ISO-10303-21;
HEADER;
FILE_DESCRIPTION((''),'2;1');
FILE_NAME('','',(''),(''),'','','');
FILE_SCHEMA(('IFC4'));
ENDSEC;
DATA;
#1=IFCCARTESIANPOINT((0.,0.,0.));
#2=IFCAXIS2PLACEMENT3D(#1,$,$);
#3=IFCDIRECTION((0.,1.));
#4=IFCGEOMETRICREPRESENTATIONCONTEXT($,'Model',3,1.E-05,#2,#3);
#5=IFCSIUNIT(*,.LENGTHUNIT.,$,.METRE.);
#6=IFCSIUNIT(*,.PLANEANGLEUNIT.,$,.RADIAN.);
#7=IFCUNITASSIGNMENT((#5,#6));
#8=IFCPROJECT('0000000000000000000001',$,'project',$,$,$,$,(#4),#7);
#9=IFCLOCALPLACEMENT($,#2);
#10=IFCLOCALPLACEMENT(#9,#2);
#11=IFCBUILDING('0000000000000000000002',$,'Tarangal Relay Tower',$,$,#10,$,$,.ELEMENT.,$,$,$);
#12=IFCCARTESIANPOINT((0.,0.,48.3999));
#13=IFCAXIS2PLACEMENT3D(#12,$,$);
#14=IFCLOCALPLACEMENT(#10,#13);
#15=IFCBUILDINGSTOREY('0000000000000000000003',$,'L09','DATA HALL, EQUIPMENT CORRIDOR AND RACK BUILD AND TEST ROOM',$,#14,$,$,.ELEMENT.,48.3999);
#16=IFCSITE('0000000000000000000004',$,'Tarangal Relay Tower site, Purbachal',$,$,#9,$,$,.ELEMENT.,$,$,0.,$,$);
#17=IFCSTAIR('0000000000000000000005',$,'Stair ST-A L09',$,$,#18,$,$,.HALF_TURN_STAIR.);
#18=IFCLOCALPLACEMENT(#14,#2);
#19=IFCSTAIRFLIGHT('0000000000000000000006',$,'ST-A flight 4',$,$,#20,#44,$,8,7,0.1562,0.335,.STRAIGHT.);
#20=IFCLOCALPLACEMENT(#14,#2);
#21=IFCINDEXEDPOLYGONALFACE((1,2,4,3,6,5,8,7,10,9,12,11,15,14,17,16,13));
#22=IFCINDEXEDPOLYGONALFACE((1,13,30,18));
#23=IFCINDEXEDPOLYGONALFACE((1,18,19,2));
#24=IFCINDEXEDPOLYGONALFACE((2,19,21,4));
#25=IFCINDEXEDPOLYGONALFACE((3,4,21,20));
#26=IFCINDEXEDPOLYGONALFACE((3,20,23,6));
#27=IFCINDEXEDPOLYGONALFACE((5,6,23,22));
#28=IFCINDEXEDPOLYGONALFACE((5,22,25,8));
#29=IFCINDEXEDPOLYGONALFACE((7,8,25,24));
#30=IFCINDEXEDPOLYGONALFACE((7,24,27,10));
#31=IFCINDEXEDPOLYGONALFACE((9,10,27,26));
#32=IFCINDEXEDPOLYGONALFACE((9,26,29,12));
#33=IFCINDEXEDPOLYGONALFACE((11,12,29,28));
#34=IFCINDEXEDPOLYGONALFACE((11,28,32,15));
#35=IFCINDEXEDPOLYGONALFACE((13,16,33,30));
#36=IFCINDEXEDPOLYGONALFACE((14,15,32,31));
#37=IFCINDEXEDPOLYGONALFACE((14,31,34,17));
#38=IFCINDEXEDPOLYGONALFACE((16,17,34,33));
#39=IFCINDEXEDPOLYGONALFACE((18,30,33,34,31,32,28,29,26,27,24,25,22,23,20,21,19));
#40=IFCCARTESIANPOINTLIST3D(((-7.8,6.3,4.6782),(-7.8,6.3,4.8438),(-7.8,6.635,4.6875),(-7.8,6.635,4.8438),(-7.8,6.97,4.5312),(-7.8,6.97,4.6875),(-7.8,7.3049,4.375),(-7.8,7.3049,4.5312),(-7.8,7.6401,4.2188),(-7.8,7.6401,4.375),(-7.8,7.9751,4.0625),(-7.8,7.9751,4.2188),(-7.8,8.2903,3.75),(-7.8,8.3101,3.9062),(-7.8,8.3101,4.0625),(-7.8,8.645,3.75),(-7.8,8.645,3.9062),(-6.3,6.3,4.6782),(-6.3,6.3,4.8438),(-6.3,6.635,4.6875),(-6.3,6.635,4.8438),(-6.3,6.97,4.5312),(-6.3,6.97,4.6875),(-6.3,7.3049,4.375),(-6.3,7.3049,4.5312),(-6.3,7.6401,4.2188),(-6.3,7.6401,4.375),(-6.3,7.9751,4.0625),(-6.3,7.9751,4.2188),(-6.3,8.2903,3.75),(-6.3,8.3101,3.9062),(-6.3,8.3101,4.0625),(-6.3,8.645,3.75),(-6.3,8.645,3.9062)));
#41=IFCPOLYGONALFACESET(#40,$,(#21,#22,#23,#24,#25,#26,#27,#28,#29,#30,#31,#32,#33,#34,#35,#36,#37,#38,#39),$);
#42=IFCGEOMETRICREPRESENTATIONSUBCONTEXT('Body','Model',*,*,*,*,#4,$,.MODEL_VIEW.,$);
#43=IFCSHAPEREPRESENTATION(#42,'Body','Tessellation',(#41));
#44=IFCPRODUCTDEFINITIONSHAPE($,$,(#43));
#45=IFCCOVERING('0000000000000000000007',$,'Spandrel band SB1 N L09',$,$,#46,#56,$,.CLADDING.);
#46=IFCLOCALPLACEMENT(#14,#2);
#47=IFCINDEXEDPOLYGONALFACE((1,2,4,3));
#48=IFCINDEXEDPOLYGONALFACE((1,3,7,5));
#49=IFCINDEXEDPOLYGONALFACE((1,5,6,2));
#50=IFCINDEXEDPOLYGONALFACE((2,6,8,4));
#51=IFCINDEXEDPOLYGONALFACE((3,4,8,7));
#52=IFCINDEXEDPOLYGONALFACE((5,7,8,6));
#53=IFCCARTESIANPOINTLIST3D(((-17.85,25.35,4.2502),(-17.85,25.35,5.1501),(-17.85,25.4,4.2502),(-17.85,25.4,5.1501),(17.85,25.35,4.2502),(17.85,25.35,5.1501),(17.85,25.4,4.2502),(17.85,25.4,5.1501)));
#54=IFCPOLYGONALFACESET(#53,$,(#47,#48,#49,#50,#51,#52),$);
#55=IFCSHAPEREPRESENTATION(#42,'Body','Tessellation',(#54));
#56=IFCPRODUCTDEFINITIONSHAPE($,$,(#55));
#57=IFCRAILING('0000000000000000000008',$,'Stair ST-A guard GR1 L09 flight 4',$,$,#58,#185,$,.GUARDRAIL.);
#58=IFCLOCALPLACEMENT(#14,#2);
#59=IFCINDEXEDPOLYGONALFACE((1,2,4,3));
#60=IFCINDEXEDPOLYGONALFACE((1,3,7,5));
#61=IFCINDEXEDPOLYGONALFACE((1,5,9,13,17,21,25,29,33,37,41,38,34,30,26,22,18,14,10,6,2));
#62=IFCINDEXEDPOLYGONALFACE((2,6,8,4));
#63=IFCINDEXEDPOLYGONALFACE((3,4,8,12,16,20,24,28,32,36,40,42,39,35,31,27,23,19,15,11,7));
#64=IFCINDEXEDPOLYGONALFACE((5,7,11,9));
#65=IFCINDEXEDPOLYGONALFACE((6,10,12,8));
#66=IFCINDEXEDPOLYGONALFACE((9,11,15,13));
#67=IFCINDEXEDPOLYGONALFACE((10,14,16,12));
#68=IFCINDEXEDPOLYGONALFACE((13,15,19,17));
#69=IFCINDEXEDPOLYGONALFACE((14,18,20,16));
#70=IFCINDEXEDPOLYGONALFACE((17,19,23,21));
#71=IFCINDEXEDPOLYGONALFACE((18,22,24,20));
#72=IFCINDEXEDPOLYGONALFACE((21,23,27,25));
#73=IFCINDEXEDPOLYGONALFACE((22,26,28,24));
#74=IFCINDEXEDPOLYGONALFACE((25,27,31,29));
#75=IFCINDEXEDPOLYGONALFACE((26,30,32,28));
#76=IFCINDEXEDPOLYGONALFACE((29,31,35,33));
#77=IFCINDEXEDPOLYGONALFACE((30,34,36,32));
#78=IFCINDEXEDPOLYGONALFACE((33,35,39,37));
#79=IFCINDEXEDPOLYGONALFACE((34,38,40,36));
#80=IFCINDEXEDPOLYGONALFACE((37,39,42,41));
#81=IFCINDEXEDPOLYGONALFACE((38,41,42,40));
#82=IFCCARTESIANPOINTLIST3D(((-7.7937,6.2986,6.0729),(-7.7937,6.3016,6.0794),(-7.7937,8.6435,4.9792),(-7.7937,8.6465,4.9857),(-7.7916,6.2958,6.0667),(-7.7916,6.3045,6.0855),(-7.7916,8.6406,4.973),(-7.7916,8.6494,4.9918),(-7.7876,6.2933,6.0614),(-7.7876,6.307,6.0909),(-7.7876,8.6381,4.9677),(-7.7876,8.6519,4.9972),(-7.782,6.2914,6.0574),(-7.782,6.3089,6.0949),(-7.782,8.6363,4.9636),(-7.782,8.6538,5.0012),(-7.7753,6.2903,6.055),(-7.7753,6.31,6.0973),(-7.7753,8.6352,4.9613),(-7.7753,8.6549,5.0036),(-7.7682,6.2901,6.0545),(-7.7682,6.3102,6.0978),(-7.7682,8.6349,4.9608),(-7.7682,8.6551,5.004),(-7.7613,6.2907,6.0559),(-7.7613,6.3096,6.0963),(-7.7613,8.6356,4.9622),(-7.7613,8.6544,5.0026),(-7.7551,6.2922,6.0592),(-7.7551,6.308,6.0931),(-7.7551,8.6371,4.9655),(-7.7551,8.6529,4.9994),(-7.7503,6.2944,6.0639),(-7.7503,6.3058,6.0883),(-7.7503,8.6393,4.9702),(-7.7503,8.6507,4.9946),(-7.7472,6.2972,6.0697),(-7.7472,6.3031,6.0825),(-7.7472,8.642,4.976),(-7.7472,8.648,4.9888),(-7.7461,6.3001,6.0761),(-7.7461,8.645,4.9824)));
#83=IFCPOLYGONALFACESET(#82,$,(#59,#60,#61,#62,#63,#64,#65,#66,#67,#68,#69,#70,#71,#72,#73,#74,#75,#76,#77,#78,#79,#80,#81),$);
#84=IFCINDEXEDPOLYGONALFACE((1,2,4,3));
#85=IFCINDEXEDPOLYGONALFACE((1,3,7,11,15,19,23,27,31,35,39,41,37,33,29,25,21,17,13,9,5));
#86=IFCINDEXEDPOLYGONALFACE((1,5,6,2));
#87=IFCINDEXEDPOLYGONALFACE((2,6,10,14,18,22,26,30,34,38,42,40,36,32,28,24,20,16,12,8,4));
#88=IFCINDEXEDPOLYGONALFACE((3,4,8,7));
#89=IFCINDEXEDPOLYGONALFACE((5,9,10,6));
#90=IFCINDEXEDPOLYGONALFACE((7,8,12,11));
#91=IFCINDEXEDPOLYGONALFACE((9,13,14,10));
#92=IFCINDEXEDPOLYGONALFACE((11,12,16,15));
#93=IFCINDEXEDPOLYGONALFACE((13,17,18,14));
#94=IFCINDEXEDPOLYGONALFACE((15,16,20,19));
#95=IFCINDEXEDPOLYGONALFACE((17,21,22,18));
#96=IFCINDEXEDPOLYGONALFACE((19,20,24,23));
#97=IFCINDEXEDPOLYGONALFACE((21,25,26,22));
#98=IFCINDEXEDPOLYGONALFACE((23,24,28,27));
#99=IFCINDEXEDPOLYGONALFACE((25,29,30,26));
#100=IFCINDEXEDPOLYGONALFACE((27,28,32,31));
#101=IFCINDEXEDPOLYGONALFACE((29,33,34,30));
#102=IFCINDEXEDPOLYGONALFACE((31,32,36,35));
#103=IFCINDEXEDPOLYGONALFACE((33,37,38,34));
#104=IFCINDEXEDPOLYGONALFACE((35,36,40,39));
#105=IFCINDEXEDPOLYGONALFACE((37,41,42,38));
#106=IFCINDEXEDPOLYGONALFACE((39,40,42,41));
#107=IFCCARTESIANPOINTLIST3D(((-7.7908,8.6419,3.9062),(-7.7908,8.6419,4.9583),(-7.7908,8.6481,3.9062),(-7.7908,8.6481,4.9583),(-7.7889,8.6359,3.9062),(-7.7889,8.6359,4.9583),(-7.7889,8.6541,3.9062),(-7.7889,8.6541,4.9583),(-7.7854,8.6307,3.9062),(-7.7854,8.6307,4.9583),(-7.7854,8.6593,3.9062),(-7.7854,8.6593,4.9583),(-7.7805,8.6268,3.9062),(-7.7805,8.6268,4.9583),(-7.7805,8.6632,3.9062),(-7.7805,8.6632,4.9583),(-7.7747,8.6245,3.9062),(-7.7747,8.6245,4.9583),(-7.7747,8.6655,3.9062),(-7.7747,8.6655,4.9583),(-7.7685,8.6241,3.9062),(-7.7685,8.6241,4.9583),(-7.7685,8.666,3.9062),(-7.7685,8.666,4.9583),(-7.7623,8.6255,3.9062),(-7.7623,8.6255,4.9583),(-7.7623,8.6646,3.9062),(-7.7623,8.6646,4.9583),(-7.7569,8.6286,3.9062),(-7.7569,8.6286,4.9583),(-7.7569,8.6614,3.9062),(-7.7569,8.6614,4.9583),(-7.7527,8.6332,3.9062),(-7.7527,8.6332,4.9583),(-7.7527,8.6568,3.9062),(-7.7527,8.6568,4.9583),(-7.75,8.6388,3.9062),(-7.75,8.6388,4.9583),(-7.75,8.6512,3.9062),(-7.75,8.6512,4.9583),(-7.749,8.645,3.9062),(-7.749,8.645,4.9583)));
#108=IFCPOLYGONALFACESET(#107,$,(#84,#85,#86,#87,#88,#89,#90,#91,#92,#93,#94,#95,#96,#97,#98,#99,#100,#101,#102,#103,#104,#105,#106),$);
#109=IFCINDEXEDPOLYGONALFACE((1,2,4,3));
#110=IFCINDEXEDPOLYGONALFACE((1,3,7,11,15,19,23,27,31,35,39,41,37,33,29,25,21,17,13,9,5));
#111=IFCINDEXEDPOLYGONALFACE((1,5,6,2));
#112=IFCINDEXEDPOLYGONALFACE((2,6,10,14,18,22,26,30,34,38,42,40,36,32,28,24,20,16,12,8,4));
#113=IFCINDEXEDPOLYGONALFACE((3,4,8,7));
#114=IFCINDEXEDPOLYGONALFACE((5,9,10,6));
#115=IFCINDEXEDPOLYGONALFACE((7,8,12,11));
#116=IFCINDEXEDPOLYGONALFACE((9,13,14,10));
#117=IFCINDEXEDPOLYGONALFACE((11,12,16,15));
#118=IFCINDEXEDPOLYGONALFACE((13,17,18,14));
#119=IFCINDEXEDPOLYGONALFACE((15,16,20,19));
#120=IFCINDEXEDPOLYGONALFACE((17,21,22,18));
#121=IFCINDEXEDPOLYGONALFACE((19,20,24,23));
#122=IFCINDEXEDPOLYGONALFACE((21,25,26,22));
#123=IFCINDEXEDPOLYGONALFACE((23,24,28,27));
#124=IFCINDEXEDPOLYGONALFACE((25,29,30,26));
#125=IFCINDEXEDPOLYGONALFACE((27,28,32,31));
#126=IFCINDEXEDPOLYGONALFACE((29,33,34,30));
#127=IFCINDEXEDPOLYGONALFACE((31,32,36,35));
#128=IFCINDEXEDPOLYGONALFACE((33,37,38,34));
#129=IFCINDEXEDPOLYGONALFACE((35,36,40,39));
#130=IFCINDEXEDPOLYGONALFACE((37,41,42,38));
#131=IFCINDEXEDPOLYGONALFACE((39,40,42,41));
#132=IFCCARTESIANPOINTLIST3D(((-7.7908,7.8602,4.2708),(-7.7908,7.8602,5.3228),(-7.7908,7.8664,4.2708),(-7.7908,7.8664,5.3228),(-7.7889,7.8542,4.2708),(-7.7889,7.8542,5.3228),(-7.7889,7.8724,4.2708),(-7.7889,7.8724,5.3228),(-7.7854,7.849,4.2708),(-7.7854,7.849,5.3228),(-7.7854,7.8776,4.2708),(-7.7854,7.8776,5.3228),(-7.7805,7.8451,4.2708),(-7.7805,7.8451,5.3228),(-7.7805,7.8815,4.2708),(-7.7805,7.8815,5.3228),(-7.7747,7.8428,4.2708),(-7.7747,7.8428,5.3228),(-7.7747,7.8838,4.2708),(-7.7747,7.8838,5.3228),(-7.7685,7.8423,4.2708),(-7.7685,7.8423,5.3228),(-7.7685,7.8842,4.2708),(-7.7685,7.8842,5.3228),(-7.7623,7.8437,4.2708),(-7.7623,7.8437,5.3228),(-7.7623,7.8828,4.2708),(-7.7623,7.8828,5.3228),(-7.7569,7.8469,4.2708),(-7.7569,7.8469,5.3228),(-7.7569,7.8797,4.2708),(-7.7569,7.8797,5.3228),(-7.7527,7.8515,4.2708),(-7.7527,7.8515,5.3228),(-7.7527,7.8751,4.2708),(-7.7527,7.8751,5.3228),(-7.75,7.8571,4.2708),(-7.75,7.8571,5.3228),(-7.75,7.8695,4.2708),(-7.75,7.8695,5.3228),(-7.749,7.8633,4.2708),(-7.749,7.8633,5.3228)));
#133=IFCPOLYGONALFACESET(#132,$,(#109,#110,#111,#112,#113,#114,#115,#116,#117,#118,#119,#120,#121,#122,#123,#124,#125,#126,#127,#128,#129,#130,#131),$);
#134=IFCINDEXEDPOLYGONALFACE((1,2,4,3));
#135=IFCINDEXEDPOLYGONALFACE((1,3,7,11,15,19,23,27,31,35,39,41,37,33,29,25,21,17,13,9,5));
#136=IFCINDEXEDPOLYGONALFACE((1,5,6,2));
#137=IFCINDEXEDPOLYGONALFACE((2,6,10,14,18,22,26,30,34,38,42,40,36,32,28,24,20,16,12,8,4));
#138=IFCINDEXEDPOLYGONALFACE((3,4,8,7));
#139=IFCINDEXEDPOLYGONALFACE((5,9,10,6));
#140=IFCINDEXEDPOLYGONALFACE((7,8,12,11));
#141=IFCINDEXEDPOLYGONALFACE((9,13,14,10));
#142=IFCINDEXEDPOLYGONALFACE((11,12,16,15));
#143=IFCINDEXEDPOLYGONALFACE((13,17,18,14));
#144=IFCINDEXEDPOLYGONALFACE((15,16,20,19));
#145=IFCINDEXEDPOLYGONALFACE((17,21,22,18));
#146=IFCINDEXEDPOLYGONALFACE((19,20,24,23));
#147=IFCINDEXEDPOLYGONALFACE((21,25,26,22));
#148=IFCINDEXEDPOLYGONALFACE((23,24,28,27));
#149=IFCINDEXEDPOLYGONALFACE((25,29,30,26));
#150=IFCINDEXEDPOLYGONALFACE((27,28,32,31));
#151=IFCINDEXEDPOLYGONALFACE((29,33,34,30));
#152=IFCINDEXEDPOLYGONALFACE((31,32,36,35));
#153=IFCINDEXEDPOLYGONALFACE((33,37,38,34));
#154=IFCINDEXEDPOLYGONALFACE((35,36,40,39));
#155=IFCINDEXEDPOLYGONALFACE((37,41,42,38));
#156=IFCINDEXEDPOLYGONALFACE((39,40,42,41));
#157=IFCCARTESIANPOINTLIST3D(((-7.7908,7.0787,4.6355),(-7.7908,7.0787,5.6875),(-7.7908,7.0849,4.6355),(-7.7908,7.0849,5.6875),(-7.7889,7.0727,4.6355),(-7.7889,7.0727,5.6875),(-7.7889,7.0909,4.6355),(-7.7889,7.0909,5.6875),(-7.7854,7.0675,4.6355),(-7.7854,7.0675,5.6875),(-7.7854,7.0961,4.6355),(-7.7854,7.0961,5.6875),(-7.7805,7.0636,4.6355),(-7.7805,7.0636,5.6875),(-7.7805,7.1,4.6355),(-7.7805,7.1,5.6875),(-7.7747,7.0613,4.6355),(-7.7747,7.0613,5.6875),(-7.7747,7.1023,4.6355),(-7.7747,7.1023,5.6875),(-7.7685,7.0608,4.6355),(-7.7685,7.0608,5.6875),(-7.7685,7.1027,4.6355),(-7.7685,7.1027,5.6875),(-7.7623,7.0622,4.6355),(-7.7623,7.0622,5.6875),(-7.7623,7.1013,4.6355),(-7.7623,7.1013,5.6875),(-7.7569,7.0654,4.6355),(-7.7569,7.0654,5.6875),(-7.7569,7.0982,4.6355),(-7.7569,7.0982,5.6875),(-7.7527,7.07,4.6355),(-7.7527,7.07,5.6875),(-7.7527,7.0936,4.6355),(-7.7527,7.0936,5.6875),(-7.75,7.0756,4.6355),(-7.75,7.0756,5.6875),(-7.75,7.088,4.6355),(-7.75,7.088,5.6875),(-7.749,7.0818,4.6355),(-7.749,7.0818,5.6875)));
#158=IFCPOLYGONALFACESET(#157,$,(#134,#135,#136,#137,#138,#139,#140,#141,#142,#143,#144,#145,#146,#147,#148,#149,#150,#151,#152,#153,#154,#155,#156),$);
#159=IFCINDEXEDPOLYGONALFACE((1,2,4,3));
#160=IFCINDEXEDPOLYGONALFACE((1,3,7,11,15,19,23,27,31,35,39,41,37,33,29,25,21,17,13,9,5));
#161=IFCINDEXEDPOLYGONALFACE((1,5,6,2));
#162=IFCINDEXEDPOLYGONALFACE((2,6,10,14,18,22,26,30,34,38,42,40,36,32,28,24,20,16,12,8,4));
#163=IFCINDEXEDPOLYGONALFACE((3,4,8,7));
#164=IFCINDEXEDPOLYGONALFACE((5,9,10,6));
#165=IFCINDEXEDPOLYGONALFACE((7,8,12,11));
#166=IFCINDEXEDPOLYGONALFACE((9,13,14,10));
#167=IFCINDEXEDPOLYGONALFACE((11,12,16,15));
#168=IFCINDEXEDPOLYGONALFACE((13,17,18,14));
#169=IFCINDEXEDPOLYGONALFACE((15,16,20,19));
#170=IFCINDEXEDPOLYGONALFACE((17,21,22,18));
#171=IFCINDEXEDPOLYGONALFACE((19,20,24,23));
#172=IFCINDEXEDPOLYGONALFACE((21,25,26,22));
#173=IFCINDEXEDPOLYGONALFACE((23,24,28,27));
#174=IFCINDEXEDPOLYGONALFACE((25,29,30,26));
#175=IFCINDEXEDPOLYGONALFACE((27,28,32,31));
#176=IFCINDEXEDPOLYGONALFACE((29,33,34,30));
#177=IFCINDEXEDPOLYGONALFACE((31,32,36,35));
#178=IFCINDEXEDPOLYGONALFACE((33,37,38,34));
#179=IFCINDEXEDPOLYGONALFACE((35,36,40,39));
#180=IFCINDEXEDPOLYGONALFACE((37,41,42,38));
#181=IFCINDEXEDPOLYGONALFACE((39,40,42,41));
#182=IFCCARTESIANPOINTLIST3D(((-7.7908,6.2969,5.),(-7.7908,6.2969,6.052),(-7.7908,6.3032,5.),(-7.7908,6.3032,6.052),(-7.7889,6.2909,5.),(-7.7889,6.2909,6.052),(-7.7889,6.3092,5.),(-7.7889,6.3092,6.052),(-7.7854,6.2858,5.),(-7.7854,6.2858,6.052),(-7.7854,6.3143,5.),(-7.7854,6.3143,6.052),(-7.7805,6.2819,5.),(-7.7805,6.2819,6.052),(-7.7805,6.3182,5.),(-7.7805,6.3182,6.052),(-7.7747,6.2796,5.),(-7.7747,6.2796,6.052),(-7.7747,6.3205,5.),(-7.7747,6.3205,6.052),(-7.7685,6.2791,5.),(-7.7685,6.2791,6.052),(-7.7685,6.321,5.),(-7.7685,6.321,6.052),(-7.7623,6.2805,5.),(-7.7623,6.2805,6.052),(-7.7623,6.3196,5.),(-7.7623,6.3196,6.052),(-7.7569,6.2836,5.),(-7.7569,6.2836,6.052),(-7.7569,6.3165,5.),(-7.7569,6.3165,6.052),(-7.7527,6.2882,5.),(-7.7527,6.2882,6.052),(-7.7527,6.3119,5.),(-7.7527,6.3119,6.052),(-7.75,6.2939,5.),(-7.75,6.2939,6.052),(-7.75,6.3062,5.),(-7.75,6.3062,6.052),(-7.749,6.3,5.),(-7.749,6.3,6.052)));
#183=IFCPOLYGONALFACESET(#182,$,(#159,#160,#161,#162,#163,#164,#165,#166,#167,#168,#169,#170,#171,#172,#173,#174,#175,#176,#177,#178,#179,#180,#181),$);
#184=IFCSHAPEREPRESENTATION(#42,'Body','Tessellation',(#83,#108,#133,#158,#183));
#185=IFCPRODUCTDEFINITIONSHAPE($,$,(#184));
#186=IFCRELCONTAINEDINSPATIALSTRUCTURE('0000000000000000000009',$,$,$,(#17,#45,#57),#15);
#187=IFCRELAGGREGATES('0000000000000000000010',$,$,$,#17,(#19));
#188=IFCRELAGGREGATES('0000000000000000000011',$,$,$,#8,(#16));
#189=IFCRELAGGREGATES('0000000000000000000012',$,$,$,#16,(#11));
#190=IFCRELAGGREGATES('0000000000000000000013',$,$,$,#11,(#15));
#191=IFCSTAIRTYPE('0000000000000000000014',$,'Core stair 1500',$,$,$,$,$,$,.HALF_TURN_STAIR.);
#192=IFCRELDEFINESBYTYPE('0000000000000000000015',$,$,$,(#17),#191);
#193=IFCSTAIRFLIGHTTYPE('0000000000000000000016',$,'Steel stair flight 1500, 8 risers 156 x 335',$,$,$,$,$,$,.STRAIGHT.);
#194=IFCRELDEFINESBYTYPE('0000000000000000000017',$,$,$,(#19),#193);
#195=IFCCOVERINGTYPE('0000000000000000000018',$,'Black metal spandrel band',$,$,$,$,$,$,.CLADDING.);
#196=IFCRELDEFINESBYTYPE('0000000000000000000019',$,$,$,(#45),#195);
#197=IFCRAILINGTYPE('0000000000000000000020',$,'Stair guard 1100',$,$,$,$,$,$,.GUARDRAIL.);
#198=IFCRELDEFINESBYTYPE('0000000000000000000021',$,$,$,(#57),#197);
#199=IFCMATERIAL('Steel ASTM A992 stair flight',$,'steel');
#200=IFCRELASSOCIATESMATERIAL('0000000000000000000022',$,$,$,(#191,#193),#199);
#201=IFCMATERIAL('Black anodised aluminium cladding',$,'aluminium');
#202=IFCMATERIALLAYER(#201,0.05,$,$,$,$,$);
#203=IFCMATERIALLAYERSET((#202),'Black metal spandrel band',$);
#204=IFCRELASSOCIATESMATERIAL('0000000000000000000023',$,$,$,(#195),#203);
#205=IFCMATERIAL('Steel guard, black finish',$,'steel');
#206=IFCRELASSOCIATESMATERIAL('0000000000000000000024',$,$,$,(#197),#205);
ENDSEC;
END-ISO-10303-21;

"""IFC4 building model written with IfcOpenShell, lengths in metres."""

from ifc_helpers import new_model, si_unit, direction, frame, origin, origin_2d, place, context, subcontext, project, spatial, polyline, rectangle, circle, outline, extrude, material, layer, layer_set, type_object, element, aggregate, save


model = new_model("IFC4")

# Units and contexts
model_context = context("Model", 3, precision=1e-05, world=origin(), true_north=direction((0.0, 1.0)))
body_context = subcontext(model_context, "Body", "Model", "MODEL_VIEW")
ifc_project = project(units=[si_unit("LENGTHUNIT", "METRE"), si_unit("PLANEANGLEUNIT", "RADIAN")], contexts=[model_context])

# Site, building, storey
site_placement = place(None, origin())
site = spatial("IfcSite", under=ifc_project, at=site_placement, Name="Tarangal Relay Tower site, Purbachal", CompositionType="ELEMENT", RefElevation=0.0)
building_placement = place(site_placement, origin())
building = spatial("IfcBuilding", under=site, at=building_placement, Name="Tarangal Relay Tower", CompositionType="ELEMENT")
storey_placement = place(building_placement, frame((0.0, 0.0, 48.3999)))
storey = spatial("IfcBuildingStorey", under=building, at=storey_placement, Name="L09", Description="DATA HALL, EQUIPMENT CORRIDOR AND RACK BUILD AND TEST ROOM", CompositionType="ELEMENT", Elevation=48.3999)

# Stair, stair flight
ifc_material_1 = material(Name="Steel ASTM A992 stair flight", Category="steel")
stair_type = type_object("IfcStairType", Name="Core stair 1500", PredefinedType="HALF_TURN_STAIR", material=ifc_material_1)
stair_placement = place(storey_placement, origin())
stair = element("IfcStair", 1, at=stair_placement, inside=storey, type_object=stair_type, Name="Stair ST-A L09", PredefinedType="HALF_TURN_STAIR")
stair_flight_type = type_object("IfcStairFlightType", Name="Steel stair flight 1500, 8 risers 156 x 335", PredefinedType="STRAIGHT", material=ifc_material_1)
stair_flight_1_placement = place(storey_placement, frame((-7.05, 8.645, 3.75), z_axis=(0.0, 0.0, 1.0), x_axis=(0.0, -1.0, 0.0)))
stair_flight_1 = element("IfcStairFlight", 2, at=stair_flight_1_placement, type_object=stair_flight_type, Name="ST-A flight 4", NumberOfRisers=8, NumberOfTreads=7, PredefinedType="STRAIGHT", RiserHeight=0.1562, TreadLength=0.335, context=body_context, shape_type="SweptSolid", body=[
    extrude(outline(polyline([(0.0, 0.0), (0.0, 0.1562), (0.335, 0.1562), (0.335, 0.3125), (0.6699, 0.3125), (0.6699, 0.4688), (1.0049, 0.4688), (1.0049, 0.625), (1.3401, 0.625), (1.3401, 0.7812), (1.675, 0.7812), (1.675, 0.9375), (2.01, 0.9375), (2.01, 1.0938), (2.345, 1.0938), (2.345, 1.25), (2.345, 0.9282), (0.3547, 0.0), (0.0, 0.0)])), frame((0.0, 0.75, 0.0), z_axis=(0.0, -1.0, 0.0), x_axis=(1.0, 0.0, 0.0)), (0.0, 0.0, 1.0), 1.5),
])
aggregate(stair, [stair_flight_1])

# Covering
ifc_material_2 = material(Name="Black anodised aluminium cladding", Category="aluminium")
ifc_layer_1 = layer(ifc_material_2, 0.05)
ifc_layer_set_1 = layer_set([ifc_layer_1], Name="Black metal spandrel band")
covering_type = type_object("IfcCoveringType", Name="Black metal spandrel band", PredefinedType="CLADDING", material=ifc_layer_set_1)
covering_placement = place(storey_placement, frame((0.0, 25.375, 4.2502), z_axis=(0.0, 0.0, 1.0), x_axis=(1.0, 0.0, 0.0)))
element("IfcCovering", 3, at=covering_placement, inside=storey, type_object=covering_type, Name="Spandrel band SB1 N L09", PredefinedType="CLADDING", context=body_context, shape_type="SweptSolid", body=[
    extrude(rectangle(XDim=35.7, YDim=0.05, at=origin_2d()), origin(), (0.0, 0.0, 1.0), 0.8999),
])

# Railing
ifc_material_3 = material(Name="Steel guard, black finish", Category="steel")
railing_type_1 = type_object("IfcRailingType", Name="Stair guard 1100", PredefinedType="GUARDRAIL", material=ifc_material_3)
railing_placement = place(storey_placement, frame((-7.77, 8.645, 3.9062)))
element("IfcRailing", 4, at=railing_placement, inside=storey, type_object=railing_type_1, Name="Stair ST-A guard GR1 L09 flight 4", PredefinedType="GUARDRAIL", context=body_context, shape_type="SweptSolid", body=[
    extrude(circle(Radius=0.0239, at=origin_2d()), frame((0.0, 0.0, 1.0762), z_axis=(0.0, -0.906267, 0.422705), x_axis=(1.0, 0.0, 0.0)), (0.0, 0.0, 1.0), 2.5874),
    extrude(circle(Radius=0.021, at=origin_2d()), origin(), (0.0, 0.0, 1.0), 1.052),
    extrude(circle(Radius=0.021, at=origin_2d()), frame((0.0, -0.7817, 0.3645)), (0.0, 0.0, 1.0), 1.052),
    extrude(circle(Radius=0.021, at=origin_2d()), frame((0.0, -1.5632, 0.7292)), (0.0, 0.0, 1.0), 1.052),
    extrude(circle(Radius=0.021, at=origin_2d()), frame((0.0, -2.345, 1.0938)), (0.0, 0.0, 1.0), 1.052),
])

save(model, "model.ifc")
